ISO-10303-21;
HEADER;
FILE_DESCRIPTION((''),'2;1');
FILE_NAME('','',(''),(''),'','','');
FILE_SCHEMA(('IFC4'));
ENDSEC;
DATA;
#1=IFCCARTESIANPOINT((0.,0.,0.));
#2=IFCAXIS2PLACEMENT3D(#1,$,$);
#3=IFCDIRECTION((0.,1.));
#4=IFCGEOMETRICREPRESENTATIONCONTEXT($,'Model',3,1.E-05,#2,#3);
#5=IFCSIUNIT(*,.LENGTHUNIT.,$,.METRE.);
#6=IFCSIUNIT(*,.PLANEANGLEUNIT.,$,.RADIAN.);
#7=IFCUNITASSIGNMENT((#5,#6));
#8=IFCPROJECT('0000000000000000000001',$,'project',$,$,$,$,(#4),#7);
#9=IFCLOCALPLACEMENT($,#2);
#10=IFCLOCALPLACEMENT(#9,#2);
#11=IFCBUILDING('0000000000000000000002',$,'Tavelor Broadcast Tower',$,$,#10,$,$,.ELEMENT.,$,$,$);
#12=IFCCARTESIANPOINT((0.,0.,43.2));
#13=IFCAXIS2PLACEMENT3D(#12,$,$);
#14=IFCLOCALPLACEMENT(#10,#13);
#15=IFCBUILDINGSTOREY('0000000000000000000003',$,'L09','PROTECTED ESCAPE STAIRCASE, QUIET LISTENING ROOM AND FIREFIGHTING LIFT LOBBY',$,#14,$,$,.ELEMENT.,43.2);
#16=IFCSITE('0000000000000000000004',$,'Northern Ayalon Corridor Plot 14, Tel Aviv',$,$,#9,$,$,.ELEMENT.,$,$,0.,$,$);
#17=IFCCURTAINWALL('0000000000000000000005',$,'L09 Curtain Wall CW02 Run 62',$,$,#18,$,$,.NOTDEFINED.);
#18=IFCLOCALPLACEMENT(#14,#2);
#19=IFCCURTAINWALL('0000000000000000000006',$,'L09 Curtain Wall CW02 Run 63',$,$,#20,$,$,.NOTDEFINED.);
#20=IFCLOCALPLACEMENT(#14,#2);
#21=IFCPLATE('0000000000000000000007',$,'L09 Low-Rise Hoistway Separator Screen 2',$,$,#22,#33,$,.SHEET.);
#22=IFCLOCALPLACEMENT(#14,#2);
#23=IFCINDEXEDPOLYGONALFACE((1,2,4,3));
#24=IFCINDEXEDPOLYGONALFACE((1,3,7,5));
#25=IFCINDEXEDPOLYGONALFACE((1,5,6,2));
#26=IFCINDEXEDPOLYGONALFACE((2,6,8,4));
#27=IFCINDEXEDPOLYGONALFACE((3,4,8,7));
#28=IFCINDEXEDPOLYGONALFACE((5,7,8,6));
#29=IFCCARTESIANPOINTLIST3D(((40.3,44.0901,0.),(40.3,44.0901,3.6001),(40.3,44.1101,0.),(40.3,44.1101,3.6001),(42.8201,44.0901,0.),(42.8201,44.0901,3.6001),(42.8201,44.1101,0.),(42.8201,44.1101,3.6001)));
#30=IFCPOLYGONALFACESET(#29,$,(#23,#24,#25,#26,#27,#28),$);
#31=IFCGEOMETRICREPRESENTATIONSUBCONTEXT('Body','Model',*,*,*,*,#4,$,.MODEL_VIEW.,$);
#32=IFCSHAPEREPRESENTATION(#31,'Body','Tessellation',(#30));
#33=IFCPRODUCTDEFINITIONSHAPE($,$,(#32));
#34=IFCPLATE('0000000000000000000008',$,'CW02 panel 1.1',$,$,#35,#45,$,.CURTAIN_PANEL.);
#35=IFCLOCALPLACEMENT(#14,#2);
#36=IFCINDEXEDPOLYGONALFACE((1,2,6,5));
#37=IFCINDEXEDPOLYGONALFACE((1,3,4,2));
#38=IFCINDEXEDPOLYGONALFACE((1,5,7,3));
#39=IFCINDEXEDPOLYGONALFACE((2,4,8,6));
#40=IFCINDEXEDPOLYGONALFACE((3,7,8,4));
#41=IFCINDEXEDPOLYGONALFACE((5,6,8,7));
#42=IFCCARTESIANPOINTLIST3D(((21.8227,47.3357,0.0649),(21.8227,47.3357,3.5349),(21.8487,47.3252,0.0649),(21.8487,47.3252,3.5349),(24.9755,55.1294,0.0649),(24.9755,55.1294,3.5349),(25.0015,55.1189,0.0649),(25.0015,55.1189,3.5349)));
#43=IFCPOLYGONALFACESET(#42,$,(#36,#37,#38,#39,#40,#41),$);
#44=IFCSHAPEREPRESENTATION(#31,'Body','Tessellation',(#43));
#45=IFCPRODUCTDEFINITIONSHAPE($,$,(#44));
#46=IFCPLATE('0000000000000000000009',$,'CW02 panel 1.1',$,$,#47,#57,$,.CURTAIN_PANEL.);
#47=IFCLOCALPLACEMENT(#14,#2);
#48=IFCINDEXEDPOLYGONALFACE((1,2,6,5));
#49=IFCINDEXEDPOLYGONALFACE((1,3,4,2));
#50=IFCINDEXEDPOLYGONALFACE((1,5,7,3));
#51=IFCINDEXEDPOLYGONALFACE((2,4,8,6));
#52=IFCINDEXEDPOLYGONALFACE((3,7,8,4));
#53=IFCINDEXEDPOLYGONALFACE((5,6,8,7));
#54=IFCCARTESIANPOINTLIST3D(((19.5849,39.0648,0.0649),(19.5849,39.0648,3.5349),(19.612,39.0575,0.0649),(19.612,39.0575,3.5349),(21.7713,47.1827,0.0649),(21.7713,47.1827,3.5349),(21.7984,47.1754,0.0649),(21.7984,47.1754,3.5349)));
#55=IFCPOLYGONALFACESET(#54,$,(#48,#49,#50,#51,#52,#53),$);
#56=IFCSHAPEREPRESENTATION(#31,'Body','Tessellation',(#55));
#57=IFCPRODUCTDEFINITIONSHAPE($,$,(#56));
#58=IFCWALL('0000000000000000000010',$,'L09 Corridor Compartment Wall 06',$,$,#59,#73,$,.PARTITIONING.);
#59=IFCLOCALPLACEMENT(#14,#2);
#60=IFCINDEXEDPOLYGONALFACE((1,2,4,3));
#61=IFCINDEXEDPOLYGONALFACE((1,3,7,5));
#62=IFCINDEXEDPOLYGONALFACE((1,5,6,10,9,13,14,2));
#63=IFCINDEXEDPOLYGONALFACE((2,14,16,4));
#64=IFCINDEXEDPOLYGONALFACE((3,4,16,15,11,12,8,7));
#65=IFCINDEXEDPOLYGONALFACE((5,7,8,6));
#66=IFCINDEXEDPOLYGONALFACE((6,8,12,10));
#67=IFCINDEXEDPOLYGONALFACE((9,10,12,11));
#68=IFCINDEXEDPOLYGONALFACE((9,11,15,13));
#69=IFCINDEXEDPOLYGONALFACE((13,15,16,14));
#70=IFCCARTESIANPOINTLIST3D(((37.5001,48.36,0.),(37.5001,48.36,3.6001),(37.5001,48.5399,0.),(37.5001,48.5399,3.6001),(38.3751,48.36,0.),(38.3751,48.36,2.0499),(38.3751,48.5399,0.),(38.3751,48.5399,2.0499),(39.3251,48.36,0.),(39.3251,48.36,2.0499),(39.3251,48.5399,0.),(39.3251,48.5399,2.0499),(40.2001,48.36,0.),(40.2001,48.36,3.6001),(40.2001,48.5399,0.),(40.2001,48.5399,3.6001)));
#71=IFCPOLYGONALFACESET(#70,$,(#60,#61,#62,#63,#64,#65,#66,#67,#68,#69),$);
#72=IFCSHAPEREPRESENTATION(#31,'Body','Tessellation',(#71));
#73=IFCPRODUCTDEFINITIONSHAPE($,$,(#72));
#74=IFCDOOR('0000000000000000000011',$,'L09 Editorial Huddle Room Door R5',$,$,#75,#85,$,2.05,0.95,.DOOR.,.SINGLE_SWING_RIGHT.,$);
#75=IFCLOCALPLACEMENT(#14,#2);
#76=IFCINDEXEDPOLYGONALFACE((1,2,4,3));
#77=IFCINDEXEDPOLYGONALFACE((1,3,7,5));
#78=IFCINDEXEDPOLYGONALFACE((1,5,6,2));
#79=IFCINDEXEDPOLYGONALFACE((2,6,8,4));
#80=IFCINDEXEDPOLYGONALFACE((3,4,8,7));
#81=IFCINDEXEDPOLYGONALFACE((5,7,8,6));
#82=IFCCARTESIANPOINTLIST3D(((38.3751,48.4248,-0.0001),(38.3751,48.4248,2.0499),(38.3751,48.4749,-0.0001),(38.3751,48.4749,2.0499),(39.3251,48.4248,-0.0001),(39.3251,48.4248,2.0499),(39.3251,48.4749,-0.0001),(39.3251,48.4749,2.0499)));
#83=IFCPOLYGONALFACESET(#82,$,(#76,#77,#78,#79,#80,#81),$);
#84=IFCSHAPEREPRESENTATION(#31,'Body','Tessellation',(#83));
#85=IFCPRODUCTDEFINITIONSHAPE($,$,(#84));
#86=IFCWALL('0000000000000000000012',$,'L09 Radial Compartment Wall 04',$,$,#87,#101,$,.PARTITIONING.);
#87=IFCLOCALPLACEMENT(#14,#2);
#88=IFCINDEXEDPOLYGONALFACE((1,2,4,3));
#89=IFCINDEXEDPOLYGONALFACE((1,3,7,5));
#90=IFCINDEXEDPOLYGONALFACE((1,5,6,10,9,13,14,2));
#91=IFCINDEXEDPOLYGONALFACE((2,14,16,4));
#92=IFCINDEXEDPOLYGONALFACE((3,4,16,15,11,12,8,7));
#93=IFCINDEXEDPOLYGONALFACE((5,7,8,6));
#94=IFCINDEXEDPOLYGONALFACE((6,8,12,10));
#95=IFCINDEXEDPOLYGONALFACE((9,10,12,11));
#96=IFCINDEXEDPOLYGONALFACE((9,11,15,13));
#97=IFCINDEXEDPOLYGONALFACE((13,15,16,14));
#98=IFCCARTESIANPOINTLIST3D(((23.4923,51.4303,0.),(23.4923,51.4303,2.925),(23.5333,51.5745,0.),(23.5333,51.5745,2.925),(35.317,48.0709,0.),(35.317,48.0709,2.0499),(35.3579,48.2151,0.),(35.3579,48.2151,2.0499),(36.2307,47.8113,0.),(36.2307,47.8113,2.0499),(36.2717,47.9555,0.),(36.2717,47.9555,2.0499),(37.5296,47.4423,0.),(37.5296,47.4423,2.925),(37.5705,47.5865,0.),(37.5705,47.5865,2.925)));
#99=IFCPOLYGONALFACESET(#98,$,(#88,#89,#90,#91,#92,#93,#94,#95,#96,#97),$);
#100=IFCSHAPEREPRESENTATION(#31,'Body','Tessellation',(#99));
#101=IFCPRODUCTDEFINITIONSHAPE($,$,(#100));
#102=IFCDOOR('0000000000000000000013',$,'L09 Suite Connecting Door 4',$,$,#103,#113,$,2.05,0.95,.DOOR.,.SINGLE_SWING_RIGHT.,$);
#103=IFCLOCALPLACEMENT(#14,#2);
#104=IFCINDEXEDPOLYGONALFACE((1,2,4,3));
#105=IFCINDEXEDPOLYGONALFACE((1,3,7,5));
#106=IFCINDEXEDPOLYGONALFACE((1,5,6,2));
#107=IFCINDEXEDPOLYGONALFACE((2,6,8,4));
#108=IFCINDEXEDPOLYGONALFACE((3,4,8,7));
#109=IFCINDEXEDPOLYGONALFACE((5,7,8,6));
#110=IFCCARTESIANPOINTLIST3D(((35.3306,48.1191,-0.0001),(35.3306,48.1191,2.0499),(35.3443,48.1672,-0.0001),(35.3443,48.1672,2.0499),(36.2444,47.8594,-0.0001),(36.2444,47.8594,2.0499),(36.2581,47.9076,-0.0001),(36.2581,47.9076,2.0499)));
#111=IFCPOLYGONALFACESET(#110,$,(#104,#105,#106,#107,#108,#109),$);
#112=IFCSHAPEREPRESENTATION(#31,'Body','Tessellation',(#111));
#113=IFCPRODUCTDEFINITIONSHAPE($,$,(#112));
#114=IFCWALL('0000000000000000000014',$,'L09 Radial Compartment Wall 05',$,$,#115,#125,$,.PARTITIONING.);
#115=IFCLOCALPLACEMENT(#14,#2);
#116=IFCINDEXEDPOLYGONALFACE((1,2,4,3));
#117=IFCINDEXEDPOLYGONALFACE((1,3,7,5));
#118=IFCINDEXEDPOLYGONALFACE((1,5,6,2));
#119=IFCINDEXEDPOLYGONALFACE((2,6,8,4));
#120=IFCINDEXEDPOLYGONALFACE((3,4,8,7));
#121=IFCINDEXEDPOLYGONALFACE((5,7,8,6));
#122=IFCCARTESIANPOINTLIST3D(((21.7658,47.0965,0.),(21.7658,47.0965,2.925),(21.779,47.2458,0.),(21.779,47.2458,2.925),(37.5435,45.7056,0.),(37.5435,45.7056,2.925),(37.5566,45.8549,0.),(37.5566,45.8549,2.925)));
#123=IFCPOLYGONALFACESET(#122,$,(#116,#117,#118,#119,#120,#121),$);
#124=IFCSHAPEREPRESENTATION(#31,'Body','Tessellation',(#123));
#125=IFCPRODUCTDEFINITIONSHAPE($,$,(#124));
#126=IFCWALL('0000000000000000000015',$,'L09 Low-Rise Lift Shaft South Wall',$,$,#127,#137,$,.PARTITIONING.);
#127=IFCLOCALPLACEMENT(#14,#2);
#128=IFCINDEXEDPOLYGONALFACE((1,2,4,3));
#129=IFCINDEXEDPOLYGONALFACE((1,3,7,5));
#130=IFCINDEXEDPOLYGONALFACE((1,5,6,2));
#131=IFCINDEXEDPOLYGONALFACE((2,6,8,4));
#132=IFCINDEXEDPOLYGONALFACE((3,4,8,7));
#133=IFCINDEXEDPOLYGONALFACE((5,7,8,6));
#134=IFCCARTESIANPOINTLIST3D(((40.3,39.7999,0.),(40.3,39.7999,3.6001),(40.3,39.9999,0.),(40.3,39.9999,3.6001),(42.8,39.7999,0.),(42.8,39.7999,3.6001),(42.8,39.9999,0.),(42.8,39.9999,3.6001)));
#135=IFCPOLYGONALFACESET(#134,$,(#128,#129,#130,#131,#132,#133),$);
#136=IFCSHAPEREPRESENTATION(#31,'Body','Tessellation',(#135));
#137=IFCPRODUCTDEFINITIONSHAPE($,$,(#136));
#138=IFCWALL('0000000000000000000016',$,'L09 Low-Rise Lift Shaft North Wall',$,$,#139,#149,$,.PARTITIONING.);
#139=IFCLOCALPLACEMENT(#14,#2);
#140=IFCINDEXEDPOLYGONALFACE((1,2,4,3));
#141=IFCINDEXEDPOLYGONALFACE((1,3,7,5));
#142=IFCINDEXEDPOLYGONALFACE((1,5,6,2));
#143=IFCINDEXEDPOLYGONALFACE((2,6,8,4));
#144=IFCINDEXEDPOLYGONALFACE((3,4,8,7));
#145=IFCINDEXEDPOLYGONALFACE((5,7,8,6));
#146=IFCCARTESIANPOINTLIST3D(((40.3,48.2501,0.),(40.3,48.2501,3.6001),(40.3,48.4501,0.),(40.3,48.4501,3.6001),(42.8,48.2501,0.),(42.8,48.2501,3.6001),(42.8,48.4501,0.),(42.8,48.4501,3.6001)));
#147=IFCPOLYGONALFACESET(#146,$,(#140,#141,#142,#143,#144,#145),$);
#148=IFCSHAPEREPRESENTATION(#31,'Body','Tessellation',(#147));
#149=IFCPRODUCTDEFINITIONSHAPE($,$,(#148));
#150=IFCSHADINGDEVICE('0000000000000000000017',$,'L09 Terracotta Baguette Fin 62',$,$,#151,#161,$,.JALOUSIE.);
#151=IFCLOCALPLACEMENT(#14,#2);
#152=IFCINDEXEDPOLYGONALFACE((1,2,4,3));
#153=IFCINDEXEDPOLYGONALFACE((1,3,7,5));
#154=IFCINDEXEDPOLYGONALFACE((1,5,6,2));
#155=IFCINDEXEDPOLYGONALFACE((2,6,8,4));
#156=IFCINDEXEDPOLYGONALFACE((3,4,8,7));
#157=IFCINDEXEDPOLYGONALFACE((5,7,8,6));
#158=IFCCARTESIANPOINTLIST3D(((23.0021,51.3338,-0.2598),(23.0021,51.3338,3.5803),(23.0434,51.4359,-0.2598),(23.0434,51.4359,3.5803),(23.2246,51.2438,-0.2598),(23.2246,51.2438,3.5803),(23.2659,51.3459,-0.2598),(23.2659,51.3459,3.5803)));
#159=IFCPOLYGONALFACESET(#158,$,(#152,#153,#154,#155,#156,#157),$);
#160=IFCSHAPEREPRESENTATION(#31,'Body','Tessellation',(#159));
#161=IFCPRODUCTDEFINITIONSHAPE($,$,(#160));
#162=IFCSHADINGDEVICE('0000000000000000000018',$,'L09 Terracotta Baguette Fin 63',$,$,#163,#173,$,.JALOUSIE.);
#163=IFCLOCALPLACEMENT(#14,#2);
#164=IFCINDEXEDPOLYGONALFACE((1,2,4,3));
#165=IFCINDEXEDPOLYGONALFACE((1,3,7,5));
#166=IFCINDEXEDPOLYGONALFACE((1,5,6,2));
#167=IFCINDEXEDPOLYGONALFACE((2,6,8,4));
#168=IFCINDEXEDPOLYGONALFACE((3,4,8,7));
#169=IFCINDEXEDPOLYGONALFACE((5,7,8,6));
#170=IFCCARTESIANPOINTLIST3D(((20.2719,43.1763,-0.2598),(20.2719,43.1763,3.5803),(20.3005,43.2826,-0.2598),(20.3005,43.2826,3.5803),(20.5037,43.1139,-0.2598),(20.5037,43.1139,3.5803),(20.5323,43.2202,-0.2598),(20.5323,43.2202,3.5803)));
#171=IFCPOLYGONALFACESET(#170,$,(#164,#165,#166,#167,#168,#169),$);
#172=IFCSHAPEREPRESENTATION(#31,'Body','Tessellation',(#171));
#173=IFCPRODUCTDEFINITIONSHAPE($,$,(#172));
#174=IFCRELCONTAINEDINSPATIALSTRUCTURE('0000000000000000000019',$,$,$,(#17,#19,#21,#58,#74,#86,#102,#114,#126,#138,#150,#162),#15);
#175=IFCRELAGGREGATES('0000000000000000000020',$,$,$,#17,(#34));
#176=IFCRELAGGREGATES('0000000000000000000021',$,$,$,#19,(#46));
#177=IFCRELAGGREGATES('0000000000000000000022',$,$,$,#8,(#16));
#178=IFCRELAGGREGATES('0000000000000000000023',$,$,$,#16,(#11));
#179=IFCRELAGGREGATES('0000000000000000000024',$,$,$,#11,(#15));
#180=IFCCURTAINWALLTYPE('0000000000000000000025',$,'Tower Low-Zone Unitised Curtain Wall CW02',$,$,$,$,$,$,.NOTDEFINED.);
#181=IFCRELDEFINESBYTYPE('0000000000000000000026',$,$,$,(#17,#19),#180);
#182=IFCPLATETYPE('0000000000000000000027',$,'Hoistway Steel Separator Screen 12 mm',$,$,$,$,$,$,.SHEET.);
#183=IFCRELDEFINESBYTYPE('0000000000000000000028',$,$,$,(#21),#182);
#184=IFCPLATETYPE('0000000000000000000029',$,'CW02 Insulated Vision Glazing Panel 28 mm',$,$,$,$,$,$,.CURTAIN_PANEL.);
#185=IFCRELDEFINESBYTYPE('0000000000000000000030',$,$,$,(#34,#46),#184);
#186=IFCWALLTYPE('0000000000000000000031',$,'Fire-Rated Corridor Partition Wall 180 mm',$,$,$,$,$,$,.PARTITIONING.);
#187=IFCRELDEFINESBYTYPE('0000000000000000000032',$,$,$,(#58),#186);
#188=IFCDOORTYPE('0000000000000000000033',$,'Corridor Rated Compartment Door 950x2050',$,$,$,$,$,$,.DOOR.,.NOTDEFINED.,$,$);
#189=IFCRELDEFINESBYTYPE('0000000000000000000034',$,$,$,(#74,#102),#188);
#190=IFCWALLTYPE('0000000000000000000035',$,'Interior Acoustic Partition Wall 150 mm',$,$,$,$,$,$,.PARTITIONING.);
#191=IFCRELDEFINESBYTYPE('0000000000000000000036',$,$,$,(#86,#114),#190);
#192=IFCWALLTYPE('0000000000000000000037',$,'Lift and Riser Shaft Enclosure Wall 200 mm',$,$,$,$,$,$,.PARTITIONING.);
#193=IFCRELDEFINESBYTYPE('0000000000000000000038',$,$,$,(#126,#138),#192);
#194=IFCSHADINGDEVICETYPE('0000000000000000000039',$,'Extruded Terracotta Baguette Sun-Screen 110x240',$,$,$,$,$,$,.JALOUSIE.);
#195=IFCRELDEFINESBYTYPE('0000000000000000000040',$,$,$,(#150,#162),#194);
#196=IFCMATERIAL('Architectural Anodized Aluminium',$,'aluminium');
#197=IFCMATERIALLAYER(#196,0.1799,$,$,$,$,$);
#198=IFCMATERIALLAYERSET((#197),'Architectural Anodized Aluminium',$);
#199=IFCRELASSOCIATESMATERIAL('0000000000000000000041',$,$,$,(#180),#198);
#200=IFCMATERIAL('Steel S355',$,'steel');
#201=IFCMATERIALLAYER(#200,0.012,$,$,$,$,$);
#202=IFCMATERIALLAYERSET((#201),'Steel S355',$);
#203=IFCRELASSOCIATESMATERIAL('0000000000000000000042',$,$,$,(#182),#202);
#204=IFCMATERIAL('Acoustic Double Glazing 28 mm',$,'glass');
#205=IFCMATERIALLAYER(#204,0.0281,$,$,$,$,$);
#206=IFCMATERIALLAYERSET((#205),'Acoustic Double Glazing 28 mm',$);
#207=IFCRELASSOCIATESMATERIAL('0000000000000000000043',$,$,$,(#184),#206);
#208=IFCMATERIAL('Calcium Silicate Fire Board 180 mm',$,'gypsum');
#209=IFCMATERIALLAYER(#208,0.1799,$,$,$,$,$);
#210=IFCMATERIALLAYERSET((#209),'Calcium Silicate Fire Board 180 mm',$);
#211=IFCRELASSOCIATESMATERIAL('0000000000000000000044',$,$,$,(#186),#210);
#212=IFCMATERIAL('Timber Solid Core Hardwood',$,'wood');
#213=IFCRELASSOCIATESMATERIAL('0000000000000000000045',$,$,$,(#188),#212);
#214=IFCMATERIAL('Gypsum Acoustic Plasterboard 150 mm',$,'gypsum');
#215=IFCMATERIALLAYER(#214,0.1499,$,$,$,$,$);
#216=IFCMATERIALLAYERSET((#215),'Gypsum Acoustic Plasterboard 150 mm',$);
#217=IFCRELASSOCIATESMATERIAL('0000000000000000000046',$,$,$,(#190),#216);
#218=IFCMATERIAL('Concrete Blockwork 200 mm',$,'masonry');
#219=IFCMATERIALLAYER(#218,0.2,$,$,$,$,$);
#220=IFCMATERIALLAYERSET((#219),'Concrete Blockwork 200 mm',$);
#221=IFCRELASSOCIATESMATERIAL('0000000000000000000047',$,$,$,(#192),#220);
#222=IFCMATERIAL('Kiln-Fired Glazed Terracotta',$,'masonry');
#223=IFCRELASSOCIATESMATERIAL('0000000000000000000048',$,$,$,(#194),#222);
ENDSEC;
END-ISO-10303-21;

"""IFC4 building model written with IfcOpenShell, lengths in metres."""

from ifc_helpers import new_model, si_unit, direction, frame, frame_2d, origin, origin_2d, place, context, subcontext, project, spatial, rectangle, extrude, source, transform, mapped, material, layer, layer_set, type_object, type_shapes, element, fill, aggregate, save


model = new_model("IFC4")

# Units and contexts
model_context = context("Model", 3, precision=1e-05, world=origin(), true_north=direction((0.0, 1.0)))
body_context = subcontext(model_context, "Body", "Model", "MODEL_VIEW")
ifc_project = project(units=[si_unit("LENGTHUNIT", "METRE"), si_unit("PLANEANGLEUNIT", "RADIAN")], contexts=[model_context])

# Site, building, storey
site_placement = place(None, origin())
site = spatial("IfcSite", under=ifc_project, at=site_placement, Name="Northern Ayalon Corridor Plot 14, Tel Aviv", CompositionType="ELEMENT", RefElevation=0.0)
building_placement = place(site_placement, origin())
building = spatial("IfcBuilding", under=site, at=building_placement, Name="Tavelor Broadcast Tower", CompositionType="ELEMENT")
storey_placement = place(building_placement, frame((0.0, 0.0, 43.2)))
storey = spatial("IfcBuildingStorey", under=building, at=storey_placement, Name="L09", Description="PROTECTED ESCAPE STAIRCASE, QUIET LISTENING ROOM AND FIREFIGHTING LIFT LOBBY", CompositionType="ELEMENT", Elevation=43.2)

# Shared definitions
ifc_material_1 = material(Name="Steel S355", Category="steel")

# Curtain wall
ifc_material_2 = material(Name="Architectural Anodized Aluminium", Category="aluminium")
ifc_layer_1 = layer(ifc_material_2, 0.1799)
ifc_layer_set_1 = layer_set([ifc_layer_1], Name="Architectural Anodized Aluminium")
curtain_wall_type = type_object("IfcCurtainWallType", Name="Tower Low-Zone Unitised Curtain Wall CW02", PredefinedType="NOTDEFINED", material=ifc_layer_set_1)
curtain_wall_1_placement = place(storey_placement, origin())
curtain_wall_1 = element("IfcCurtainWall", 1, at=curtain_wall_1_placement, inside=storey, type_object=curtain_wall_type, Name="L09 Curtain Wall CW02 Run 62", PredefinedType="NOTDEFINED")

# Curtain wall
curtain_wall_2_placement = place(storey_placement, origin())
curtain_wall_2 = element("IfcCurtainWall", 2, at=curtain_wall_2_placement, inside=storey, type_object=curtain_wall_type, Name="L09 Curtain Wall CW02 Run 63", PredefinedType="NOTDEFINED")

# Plate
ifc_layer_2 = layer(ifc_material_1, 0.012)
ifc_layer_set_2 = layer_set([ifc_layer_2], Name="Steel S355")
plate_type_1 = type_object("IfcPlateType", Name="Hoistway Steel Separator Screen 12 mm", PredefinedType="SHEET", material=ifc_layer_set_2)
shared_shape_1 = source(origin(), body_context, "Body", "SweptSolid", [
    extrude(rectangle(XDim=2.52, YDim=0.02, at=origin_2d()), origin(), (0.0, 0.0, 1.0), 3.6001),
])
type_shapes(plate_type_1, [shared_shape_1])
for number, where, z_axis, x_axis, name in (
    (3, (41.5601, 44.1001, 0.0), (0.0, 0.0, 1.0), (1.0, 0.0, 0.0), "L09 Low-Rise Hoistway Separator Screen 2"),
):
    element("IfcPlate", number, at=place(storey_placement, frame(where, z_axis=z_axis, x_axis=x_axis)), inside=storey, type_object=plate_type_1, Name=name, PredefinedType="SHEET", context=body_context, shape_type="MappedRepresentation", body=[
        mapped(shared_shape_1, transform((0.0, 0.0, 0.0), scale=1.0)),
    ])

# Plates
ifc_material_3 = material(Name="Acoustic Double Glazing 28 mm", Category="glass")
ifc_layer_3 = layer(ifc_material_3, 0.0281)
ifc_layer_set_3 = layer_set([ifc_layer_3], Name="Acoustic Double Glazing 28 mm")
plate_type_2 = type_object("IfcPlateType", Name="CW02 Insulated Vision Glazing Panel 28 mm", PredefinedType="CURTAIN_PANEL", material=ifc_layer_set_3)
shared_shape_2 = source(origin(), body_context, "Body", "SweptSolid", [
    extrude(rectangle(XDim=8.4072, YDim=0.0281, at=origin_2d()), origin(), (0.0, 0.0, 1.0), 3.47),
])
type_shapes(plate_type_2, [shared_shape_2])
plate_1_placement = place(storey_placement, frame((23.4121, 51.2273, 0.0649), z_axis=(0.0, 0.0, 1.0), x_axis=(-0.375015, -0.927019, 0.0)))
plate_1 = element("IfcPlate", 4, at=plate_1_placement, type_object=plate_type_2, Name="CW02 panel 1.1", PredefinedType="CURTAIN_PANEL", context=body_context, shape_type="MappedRepresentation", body=[
    mapped(shared_shape_2, transform((0.0, 0.0, 0.0), scale=1.0)),
])
aggregate(curtain_wall_1, [plate_1])
plate_2_placement = place(storey_placement, frame((20.6917, 43.1201, 0.0649), z_axis=(0.0, 0.0, 1.0), x_axis=(-0.260071, -0.965589, 0.0)))
plate_2 = element("IfcPlate", 5, at=plate_2_placement, type_object=plate_type_2, Name="CW02 panel 1.1", PredefinedType="CURTAIN_PANEL", context=body_context, shape_type="MappedRepresentation", body=[
    mapped(shared_shape_2, transform((0.0, 0.0, 0.0), scale=1.0)),
])
aggregate(curtain_wall_2, [plate_2])

# Walls, openings, doors
ifc_material_4 = material(Name="Calcium Silicate Fire Board 180 mm", Category="gypsum")
ifc_layer_4 = layer(ifc_material_4, 0.1799)
ifc_layer_set_4 = layer_set([ifc_layer_4], Name="Calcium Silicate Fire Board 180 mm")
wall_type_1 = type_object("IfcWallType", Name="Fire-Rated Corridor Partition Wall 180 mm", PredefinedType="PARTITIONING", material=ifc_layer_set_4)
wall_1_placement = place(storey_placement, frame((37.5, 48.45, 0.0), z_axis=(0.0, 0.0, 1.0), x_axis=(1.0, 0.0, 0.0)))
wall_1 = element("IfcWall", 6, at=wall_1_placement, inside=storey, type_object=wall_type_1, Name="L09 Corridor Compartment Wall 06", PredefinedType="PARTITIONING", context=body_context, shape_type="SweptSolid", body=[
    extrude(rectangle(XDim=2.7, YDim=0.1799, at=frame_2d((1.3501, 0.0))), origin(), (0.0, 0.0, 1.0), 3.6001),
])
opening_1_placement = place(wall_1_placement, frame((0.875, 0.0, 0.0)))
opening_1 = element("IfcOpeningElement", 7, at=opening_1_placement, cuts=wall_1, PredefinedType="OPENING", context=body_context, shape_type="SweptSolid", body=[
    extrude(rectangle(XDim=0.95, YDim=2.05, at=frame_2d((0.4751, 1.0249))), frame((0.0, 0.1001, 0.0), z_axis=(0.0, -1.0, 0.0), x_axis=(1.0, 0.0, 0.0)), (0.0, 0.0, 1.0), 0.2),
])
ifc_material_5 = material(Name="Timber Solid Core Hardwood", Category="wood")
door_type_1 = type_object("IfcDoorType", Name="Corridor Rated Compartment Door 950x2050", OperationType="NOTDEFINED", PredefinedType="DOOR", material=ifc_material_5)
door_1_placement = place(opening_1_placement, origin())
door_1 = element("IfcDoor", 8, at=door_1_placement, inside=storey, type_object=door_type_1, Name="L09 Editorial Huddle Room Door R5", OperationType="SINGLE_SWING_RIGHT", OverallHeight=2.05, OverallWidth=0.95, PredefinedType="DOOR", context=body_context, shape_type="SweptSolid", body=[
    extrude(rectangle(XDim=0.95, YDim=2.05, at=frame_2d((0.4751, 1.0249))), frame((0.0, 0.0249, 0.0), z_axis=(0.0, -1.0, 0.0), x_axis=(1.0, 0.0, 0.0)), (0.0, 0.0, 1.0), 0.05),
])
fill(opening_1, door_1)
ifc_material_6 = material(Name="Gypsum Acoustic Plasterboard 150 mm", Category="gypsum")
ifc_layer_5 = layer(ifc_material_6, 0.1499)
ifc_layer_set_5 = layer_set([ifc_layer_5], Name="Gypsum Acoustic Plasterboard 150 mm")
wall_type_2 = type_object("IfcWallType", Name="Interior Acoustic Partition Wall 150 mm", PredefinedType="PARTITIONING", material=ifc_layer_set_5)
wall_2_placement = place(storey_placement, frame((37.55, 47.5144, 0.0), z_axis=(0.0, 0.0, 1.0), x_axis=(-0.961933, 0.273287, 0.0)))
wall_2 = element("IfcWall", 9, at=wall_2_placement, inside=storey, type_object=wall_type_2, Name="L09 Radial Compartment Wall 04", PredefinedType="PARTITIONING", context=body_context, shape_type="SweptSolid", body=[
    extrude(rectangle(XDim=14.5928, YDim=0.1499, at=frame_2d((7.2964, 0.0))), origin(), (0.0, 0.0, 1.0), 2.925),
])
opening_2_placement = place(wall_2_placement, frame((1.3501, 0.0, 0.0)))
opening_2 = element("IfcOpeningElement", 10, at=opening_2_placement, cuts=wall_2, PredefinedType="OPENING", context=body_context, shape_type="SweptSolid", body=[
    extrude(rectangle(XDim=0.95, YDim=2.05, at=frame_2d((0.4751, 1.0249))), frame((0.0, 0.085, 0.0), z_axis=(0.0, -1.0, 0.0), x_axis=(1.0, 0.0, 0.0)), (0.0, 0.0, 1.0), 0.1699),
])
door_2_placement = place(opening_2_placement, origin())
door_2 = element("IfcDoor", 11, at=door_2_placement, inside=storey, type_object=door_type_1, Name="L09 Suite Connecting Door 4", OperationType="SINGLE_SWING_RIGHT", OverallHeight=2.05, OverallWidth=0.95, PredefinedType="DOOR", context=body_context, shape_type="SweptSolid", body=[
    extrude(rectangle(XDim=0.95, YDim=2.05, at=frame_2d((0.4751, 1.0249))), frame((0.0, 0.0249, 0.0), z_axis=(0.0, -1.0, 0.0), x_axis=(1.0, 0.0, 0.0)), (0.0, 0.0, 1.0), 0.05),
])
fill(opening_2, door_2)

# Wall
wall_3_placement = place(storey_placement, frame((37.55, 45.7803, 0.0), z_axis=(0.0, 0.0, 1.0), x_axis=(-0.996137, 0.087814, 0.0)))
element("IfcWall", 12, at=wall_3_placement, inside=storey, type_object=wall_type_2, Name="L09 Radial Compartment Wall 05", PredefinedType="PARTITIONING", context=body_context, shape_type="SweptSolid", body=[
    extrude(rectangle(XDim=15.8389, YDim=0.1499, at=frame_2d((7.9194, 0.0))), origin(), (0.0, 0.0, 1.0), 2.925),
])

# Shared definitions
ifc_material_7 = material(Name="Concrete Blockwork 200 mm", Category="masonry")

# Walls
ifc_layer_6 = layer(ifc_material_7, 0.2)
ifc_layer_set_6 = layer_set([ifc_layer_6], Name="Concrete Blockwork 200 mm")
wall_type_3 = type_object("IfcWallType", Name="Lift and Riser Shaft Enclosure Wall 200 mm", PredefinedType="PARTITIONING", material=ifc_layer_set_6)
for number, where, z_axis, x_axis, name in (
    (13, (40.3, 39.8999, 0.0), (0.0, 0.0, 1.0), (1.0, 0.0, 0.0), "L09 Low-Rise Lift Shaft South Wall"),
    (14, (40.3, 48.3501, 0.0), (0.0, 0.0, 1.0), (1.0, 0.0, 0.0), "L09 Low-Rise Lift Shaft North Wall"),
):
    element("IfcWall", number, at=place(storey_placement, frame(where, z_axis=z_axis, x_axis=x_axis)), inside=storey, type_object=wall_type_3, Name=name, PredefinedType="PARTITIONING", context=body_context, shape_type="SweptSolid", body=[
        extrude(rectangle(XDim=2.5, YDim=0.2, at=frame_2d((1.25, 0.0))), origin(), (0.0, 0.0, 1.0), 3.6001),
    ])

# Shading devices
ifc_material_8 = material(Name="Kiln-Fired Glazed Terracotta", Category="masonry")
shading_device_type = type_object("IfcShadingDeviceType", Name="Extruded Terracotta Baguette Sun-Screen 110x240", PredefinedType="JALOUSIE", material=ifc_material_8)
shared_shape_3 = source(origin(), body_context, "Body", "SweptSolid", [
    extrude(rectangle(XDim=0.1101, YDim=0.24, at=origin_2d()), origin(), (0.0, 0.0, 1.0), 3.8401),
])
type_shapes(shading_device_type, [shared_shape_3])
for number, where, z_axis, x_axis, name in (
    (15, (23.134, 51.3398, -0.2598), (0.0, 0.0, 1.0), (-0.375092, -0.926988, 0.0), "L09 Terracotta Baguette Fin 62"),
    (16, (20.4021, 43.1982, -0.2598), (0.0, 0.0, 1.0), (-0.259999, -0.965609, 0.0), "L09 Terracotta Baguette Fin 63"),
):
    element("IfcShadingDevice", number, at=place(storey_placement, frame(where, z_axis=z_axis, x_axis=x_axis)), inside=storey, type_object=shading_device_type, Name=name, PredefinedType="JALOUSIE", context=body_context, shape_type="MappedRepresentation", body=[
        mapped(shared_shape_3, transform((0.0, 0.0, 0.0), scale=1.0)),
    ])

save(model, "model.ifc")
